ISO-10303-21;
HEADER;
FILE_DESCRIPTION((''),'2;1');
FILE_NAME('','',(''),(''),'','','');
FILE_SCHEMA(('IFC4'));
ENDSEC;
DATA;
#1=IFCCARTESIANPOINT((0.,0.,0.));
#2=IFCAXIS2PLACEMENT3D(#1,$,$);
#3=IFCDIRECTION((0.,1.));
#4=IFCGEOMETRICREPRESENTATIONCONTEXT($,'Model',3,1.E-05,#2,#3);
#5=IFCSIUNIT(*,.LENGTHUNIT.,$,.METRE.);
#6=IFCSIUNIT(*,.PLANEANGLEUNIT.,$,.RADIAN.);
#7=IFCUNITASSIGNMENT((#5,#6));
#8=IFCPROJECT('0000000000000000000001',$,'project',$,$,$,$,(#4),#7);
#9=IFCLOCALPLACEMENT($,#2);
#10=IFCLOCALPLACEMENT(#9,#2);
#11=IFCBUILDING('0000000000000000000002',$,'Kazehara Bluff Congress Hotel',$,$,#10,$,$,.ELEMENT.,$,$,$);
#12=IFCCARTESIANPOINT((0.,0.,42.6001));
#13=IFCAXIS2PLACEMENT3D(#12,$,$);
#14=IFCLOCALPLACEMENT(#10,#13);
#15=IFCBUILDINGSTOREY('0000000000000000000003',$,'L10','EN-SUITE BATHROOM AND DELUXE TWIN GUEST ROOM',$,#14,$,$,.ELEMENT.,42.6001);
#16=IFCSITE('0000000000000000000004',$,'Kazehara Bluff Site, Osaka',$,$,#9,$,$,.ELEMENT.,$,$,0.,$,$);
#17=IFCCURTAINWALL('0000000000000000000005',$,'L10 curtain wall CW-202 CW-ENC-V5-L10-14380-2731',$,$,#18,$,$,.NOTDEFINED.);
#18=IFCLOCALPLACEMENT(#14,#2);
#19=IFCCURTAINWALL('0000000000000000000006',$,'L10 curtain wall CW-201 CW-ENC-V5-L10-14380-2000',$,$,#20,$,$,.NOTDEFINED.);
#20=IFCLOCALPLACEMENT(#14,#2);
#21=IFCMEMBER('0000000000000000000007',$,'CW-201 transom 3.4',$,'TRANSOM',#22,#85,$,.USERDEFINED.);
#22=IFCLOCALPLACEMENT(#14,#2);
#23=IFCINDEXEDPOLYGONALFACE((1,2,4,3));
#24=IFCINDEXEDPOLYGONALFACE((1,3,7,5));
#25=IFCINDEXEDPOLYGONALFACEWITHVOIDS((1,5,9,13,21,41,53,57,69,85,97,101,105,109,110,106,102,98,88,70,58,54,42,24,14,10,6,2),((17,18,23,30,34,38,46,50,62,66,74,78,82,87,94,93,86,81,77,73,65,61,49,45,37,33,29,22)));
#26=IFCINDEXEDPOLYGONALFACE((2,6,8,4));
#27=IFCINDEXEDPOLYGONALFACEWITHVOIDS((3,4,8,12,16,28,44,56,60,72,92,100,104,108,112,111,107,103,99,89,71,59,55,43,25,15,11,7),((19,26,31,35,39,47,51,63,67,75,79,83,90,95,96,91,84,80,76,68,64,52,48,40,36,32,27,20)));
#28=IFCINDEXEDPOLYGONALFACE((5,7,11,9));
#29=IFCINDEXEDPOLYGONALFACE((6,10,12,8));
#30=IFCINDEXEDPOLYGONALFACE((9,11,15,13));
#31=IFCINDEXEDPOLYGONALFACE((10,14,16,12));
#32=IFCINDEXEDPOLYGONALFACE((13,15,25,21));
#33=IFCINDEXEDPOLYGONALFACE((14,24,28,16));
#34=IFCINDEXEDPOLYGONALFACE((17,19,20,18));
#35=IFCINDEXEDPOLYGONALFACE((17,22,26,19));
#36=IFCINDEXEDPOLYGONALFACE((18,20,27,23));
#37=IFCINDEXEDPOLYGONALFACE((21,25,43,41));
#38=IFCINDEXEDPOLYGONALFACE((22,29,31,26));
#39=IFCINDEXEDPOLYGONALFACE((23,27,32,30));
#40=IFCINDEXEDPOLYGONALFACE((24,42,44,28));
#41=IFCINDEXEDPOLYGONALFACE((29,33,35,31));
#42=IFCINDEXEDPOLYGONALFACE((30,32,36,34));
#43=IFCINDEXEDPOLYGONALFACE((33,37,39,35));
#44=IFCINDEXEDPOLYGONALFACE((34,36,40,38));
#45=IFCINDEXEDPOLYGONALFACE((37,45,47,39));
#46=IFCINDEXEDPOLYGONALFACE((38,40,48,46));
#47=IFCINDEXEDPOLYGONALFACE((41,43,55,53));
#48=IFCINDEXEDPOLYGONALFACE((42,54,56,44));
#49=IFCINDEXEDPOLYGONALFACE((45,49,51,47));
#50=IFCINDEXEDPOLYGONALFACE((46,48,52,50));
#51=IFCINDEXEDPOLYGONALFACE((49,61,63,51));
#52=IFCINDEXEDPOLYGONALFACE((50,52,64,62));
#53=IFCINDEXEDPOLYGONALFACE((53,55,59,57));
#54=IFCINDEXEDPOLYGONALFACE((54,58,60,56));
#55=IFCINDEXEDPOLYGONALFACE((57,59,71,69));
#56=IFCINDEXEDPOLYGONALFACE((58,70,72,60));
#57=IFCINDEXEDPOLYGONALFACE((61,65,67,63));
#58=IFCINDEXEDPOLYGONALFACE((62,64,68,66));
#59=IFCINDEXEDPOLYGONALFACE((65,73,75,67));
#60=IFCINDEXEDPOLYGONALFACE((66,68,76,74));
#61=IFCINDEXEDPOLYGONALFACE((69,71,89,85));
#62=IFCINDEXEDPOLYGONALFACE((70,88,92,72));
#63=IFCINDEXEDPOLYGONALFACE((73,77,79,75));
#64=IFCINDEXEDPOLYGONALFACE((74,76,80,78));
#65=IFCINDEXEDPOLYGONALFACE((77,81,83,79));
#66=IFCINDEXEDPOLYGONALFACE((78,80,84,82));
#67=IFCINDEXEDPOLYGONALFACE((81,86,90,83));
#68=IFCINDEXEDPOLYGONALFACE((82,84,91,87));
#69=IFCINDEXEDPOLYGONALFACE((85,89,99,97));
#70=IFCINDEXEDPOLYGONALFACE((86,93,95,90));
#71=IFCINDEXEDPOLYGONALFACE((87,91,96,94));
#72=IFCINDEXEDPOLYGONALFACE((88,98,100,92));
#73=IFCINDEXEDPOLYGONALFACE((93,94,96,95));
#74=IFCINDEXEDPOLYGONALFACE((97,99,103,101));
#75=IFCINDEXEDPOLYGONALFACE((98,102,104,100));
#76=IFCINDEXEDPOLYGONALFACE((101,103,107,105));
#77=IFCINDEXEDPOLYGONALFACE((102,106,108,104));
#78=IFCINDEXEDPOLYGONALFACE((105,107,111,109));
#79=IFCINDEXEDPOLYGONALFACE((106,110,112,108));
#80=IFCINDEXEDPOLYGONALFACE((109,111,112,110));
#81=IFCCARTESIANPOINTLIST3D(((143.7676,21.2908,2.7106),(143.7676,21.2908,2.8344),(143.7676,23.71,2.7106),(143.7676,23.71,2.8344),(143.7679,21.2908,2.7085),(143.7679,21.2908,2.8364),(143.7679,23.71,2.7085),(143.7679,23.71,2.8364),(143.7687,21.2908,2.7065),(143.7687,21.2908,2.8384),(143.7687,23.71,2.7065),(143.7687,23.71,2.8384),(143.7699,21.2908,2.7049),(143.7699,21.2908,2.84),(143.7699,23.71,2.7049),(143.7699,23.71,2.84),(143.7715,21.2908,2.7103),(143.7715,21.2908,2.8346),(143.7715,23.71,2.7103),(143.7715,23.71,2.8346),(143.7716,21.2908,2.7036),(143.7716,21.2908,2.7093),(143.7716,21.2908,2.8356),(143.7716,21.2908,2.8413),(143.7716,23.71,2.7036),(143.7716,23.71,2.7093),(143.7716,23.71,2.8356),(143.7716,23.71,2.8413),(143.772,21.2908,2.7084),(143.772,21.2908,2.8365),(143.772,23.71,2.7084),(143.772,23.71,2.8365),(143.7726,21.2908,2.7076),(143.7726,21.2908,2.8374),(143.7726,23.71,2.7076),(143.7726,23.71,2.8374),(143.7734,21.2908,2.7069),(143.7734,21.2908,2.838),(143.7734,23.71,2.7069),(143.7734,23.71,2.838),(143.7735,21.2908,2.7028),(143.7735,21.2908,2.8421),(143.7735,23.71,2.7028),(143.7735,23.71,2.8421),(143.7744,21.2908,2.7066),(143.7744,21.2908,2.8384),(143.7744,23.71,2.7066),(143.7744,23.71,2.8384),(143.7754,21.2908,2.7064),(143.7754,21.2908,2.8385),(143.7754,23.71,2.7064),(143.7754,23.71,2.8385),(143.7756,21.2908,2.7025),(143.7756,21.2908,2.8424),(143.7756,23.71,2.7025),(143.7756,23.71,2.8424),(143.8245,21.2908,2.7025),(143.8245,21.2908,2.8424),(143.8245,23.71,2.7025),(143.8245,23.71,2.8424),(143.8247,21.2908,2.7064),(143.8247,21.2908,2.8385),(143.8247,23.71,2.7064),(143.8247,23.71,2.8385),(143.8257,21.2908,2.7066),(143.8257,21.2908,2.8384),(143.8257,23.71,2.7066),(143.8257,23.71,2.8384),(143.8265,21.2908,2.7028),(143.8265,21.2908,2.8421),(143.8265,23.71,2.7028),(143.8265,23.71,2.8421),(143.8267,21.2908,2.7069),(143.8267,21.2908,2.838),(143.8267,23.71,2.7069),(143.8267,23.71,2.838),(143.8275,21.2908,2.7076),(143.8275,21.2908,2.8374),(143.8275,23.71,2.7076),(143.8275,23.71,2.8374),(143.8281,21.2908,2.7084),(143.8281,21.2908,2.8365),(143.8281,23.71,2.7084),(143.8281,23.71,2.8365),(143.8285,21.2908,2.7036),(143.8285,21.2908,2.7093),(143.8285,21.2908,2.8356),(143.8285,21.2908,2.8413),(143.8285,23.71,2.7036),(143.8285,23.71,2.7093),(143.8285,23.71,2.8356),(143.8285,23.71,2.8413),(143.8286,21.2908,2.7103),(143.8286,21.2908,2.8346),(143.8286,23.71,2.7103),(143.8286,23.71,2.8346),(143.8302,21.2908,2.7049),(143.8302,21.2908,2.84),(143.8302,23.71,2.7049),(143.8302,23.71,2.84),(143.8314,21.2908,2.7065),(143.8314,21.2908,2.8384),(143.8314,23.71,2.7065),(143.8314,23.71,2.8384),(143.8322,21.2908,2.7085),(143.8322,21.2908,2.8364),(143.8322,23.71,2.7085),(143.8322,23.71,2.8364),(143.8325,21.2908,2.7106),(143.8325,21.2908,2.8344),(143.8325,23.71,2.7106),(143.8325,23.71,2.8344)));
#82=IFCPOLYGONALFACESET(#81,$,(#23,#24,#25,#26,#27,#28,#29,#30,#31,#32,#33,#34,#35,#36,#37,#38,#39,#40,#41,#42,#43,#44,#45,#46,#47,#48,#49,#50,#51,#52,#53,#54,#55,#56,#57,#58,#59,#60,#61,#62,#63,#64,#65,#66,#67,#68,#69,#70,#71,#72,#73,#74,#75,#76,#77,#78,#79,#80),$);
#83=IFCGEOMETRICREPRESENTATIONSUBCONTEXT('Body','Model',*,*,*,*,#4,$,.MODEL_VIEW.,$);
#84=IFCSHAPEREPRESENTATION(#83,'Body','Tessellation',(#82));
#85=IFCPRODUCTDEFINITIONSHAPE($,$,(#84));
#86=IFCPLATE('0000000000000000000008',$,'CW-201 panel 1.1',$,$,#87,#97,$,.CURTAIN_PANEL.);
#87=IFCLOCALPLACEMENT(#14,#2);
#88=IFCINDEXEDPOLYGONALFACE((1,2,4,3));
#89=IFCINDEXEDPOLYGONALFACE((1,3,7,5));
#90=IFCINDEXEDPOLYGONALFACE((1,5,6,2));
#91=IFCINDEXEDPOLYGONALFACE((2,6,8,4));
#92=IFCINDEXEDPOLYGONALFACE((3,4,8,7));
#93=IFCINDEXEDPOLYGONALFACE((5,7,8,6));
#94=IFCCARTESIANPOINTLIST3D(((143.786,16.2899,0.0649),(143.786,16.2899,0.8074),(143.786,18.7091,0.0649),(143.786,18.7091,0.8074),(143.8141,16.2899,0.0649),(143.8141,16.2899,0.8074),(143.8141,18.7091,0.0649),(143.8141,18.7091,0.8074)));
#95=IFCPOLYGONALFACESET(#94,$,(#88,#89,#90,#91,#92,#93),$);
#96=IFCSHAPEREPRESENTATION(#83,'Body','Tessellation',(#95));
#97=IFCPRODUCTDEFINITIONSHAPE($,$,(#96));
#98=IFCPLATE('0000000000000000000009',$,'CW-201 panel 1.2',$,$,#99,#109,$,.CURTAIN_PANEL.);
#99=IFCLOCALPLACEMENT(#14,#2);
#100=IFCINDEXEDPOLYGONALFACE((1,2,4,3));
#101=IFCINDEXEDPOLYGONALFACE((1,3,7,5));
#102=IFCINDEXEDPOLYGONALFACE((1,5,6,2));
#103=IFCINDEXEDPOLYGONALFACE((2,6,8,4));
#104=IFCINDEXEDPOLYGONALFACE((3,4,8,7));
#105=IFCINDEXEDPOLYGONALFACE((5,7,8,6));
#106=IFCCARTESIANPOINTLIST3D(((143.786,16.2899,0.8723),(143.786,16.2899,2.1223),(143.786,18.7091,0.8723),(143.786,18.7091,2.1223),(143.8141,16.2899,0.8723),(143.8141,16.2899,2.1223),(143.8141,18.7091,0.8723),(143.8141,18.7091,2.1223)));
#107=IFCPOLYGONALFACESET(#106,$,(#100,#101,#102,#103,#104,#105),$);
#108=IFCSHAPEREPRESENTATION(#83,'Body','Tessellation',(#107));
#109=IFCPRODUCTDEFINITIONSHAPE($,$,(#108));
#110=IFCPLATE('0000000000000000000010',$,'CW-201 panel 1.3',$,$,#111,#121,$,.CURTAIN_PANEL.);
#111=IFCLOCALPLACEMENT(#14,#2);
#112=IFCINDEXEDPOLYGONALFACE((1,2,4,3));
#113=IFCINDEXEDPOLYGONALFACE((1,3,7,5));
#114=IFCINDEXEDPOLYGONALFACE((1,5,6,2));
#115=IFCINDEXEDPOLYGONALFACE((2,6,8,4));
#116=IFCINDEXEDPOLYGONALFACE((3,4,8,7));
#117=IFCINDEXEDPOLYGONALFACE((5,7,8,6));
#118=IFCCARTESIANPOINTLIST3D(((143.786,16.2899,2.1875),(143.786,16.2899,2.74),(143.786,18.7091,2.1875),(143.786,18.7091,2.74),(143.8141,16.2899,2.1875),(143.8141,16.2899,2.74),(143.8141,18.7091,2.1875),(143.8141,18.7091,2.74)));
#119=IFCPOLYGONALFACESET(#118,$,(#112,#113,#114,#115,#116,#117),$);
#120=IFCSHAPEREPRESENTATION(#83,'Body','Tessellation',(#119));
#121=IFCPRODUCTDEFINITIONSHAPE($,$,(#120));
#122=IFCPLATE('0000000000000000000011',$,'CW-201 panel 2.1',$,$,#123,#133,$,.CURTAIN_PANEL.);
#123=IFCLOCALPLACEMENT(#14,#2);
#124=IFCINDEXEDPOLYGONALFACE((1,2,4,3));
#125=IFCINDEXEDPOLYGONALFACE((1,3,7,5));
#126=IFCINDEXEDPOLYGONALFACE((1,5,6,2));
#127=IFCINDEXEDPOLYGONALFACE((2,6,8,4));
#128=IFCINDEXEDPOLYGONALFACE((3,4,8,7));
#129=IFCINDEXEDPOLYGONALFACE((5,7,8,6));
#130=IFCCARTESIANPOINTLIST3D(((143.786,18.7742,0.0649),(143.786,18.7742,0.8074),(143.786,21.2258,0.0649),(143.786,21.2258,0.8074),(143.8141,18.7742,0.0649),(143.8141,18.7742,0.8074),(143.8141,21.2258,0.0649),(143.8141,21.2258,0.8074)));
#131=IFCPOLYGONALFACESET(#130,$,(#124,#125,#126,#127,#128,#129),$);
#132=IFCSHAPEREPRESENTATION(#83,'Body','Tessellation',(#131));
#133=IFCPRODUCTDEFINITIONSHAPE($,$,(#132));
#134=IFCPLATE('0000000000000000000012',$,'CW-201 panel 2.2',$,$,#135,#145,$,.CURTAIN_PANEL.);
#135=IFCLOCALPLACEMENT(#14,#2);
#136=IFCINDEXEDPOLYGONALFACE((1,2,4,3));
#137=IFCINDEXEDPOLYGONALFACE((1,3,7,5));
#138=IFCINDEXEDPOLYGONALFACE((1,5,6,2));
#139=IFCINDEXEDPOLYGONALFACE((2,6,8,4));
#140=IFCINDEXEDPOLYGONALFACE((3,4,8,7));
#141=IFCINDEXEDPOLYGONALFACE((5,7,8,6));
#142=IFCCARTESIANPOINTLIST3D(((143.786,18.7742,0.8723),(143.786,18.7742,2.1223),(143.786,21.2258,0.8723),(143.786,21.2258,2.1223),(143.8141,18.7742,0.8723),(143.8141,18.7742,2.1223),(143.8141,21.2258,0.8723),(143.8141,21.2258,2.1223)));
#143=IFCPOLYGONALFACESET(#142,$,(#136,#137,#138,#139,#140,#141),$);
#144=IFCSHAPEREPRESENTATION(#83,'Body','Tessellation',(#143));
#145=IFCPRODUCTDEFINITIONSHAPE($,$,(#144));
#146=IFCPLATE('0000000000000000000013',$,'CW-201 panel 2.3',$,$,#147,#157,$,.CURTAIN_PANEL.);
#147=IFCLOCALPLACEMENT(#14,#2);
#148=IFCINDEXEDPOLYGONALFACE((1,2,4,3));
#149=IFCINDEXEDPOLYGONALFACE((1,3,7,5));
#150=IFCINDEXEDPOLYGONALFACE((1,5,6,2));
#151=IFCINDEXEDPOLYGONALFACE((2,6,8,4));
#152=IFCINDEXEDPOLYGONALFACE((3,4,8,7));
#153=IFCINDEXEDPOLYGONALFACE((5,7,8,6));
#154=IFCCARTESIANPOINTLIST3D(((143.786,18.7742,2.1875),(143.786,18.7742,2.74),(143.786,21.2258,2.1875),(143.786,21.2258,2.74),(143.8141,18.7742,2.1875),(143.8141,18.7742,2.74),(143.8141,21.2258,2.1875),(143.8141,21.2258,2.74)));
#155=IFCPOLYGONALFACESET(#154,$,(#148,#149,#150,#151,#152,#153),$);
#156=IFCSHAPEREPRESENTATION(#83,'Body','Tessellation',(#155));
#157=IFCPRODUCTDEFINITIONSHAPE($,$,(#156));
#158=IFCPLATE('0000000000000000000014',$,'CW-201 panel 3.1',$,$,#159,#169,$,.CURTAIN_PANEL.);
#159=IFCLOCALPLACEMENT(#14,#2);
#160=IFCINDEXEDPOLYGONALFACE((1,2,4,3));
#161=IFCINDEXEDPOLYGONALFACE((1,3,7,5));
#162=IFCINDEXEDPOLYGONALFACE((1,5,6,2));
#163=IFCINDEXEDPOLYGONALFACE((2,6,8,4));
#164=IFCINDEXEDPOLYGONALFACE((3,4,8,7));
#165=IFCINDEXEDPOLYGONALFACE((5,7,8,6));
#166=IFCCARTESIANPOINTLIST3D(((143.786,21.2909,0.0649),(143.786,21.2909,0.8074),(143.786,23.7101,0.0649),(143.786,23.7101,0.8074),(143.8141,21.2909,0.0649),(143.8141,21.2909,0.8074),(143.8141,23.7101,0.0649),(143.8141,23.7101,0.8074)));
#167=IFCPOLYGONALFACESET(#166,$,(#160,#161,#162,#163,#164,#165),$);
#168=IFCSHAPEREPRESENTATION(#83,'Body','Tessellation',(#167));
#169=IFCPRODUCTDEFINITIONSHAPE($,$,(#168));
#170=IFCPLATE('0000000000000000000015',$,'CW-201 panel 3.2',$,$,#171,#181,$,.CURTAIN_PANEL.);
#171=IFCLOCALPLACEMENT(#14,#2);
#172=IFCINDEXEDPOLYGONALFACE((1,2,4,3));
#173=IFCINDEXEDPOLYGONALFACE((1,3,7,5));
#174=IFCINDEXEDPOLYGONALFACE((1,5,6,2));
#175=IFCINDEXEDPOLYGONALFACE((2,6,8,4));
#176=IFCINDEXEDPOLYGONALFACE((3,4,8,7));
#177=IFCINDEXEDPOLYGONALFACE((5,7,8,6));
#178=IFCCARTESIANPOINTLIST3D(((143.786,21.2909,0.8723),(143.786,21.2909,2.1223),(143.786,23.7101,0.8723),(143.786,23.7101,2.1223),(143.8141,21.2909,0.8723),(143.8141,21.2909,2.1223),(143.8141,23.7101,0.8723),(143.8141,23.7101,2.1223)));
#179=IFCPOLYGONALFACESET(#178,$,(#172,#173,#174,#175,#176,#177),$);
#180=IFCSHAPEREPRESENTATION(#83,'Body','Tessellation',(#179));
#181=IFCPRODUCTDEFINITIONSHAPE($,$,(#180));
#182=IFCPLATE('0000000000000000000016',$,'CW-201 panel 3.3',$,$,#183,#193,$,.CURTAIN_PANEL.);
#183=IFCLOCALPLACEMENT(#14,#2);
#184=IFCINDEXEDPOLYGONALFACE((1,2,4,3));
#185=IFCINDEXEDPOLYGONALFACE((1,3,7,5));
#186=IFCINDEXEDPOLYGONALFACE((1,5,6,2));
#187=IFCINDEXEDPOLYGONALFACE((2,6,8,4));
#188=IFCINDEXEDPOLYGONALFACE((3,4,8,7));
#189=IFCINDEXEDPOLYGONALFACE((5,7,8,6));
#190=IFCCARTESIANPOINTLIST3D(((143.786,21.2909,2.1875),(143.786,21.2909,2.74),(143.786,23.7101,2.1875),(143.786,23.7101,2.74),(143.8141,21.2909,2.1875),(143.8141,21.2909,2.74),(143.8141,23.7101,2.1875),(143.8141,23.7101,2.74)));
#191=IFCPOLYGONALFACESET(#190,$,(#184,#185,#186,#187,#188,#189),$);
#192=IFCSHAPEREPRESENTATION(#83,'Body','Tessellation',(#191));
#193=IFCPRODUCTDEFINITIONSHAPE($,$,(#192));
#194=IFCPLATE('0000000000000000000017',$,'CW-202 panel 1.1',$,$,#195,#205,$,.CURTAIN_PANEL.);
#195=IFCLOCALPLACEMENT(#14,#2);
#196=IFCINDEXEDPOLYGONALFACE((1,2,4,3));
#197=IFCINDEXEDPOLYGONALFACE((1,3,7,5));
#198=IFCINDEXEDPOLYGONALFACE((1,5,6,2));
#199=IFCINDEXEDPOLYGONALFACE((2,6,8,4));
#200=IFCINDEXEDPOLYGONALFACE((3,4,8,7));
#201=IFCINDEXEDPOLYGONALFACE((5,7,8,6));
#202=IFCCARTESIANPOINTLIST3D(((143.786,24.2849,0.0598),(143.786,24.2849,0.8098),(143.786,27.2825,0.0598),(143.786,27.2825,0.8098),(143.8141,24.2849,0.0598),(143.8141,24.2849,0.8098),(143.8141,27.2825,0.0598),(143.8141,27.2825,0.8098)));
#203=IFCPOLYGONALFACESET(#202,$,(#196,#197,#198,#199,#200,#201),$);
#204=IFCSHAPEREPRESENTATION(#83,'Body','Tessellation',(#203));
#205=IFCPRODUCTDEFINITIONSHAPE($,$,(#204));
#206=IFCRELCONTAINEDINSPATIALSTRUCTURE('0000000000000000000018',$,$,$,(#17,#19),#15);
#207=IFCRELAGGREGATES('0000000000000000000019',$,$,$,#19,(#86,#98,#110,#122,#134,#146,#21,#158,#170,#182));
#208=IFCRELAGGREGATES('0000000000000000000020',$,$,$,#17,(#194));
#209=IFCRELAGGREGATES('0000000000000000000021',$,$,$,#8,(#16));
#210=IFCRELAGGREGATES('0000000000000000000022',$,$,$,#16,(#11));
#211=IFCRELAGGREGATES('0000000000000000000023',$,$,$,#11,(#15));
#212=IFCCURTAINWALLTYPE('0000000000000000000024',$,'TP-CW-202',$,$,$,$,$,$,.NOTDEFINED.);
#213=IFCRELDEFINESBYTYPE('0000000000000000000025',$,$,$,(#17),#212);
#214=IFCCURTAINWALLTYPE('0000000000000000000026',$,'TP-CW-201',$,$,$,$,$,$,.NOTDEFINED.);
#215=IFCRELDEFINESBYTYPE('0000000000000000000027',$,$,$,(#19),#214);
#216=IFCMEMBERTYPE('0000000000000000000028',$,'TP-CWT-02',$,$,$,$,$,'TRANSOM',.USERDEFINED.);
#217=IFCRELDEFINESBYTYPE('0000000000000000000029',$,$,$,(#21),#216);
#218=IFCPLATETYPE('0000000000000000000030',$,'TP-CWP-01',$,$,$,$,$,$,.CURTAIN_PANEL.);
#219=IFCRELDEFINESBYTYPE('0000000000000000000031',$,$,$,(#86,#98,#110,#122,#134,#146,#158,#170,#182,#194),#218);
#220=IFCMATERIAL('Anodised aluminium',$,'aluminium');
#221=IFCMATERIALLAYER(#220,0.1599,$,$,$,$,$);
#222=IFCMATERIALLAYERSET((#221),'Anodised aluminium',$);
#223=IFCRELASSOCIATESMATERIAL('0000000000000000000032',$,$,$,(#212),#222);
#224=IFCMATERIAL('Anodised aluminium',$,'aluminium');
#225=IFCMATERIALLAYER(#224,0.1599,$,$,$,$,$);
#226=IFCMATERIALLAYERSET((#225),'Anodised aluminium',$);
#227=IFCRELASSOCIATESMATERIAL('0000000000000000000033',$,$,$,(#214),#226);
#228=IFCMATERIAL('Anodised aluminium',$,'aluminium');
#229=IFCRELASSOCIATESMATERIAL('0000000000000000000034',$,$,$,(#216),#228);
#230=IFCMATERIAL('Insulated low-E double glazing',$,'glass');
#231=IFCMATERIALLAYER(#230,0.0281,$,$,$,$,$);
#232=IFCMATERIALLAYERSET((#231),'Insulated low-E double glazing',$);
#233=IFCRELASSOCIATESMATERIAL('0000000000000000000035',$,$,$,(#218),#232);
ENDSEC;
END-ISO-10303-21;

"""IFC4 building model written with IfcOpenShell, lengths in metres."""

from ifc_helpers import new_model, si_unit, direction, frame, origin, origin_2d, place, context, subcontext, project, spatial, rectangle, hollow_rectangle, extrude, material, layer, layer_set, material_profile, profile_set, type_object, element, aggregate, save


model = new_model("IFC4")

# Units and contexts
model_context = context("Model", 3, precision=1e-05, world=origin(), true_north=direction((0.0, 1.0)))
body_context = subcontext(model_context, "Body", "Model", "MODEL_VIEW")
ifc_project = project(units=[si_unit("LENGTHUNIT", "METRE"), si_unit("PLANEANGLEUNIT", "RADIAN")], contexts=[model_context])

# Site, building, storey
site_placement = place(None, origin())
site = spatial("IfcSite", under=ifc_project, at=site_placement, Name="Kazehara Bluff Site, Osaka", CompositionType="ELEMENT", RefElevation=0.0)
building_placement = place(site_placement, origin())
building = spatial("IfcBuilding", under=site, at=building_placement, Name="Kazehara Bluff Congress Hotel", CompositionType="ELEMENT")
storey_placement = place(building_placement, frame((0.0, 0.0, 42.6001)))
storey = spatial("IfcBuildingStorey", under=building, at=storey_placement, Name="L10", Description="EN-SUITE BATHROOM AND DELUXE TWIN GUEST ROOM", CompositionType="ELEMENT", Elevation=42.6001)

# Curtain walls
ifc_material_1 = material(Name="Anodised aluminium", Category="aluminium")
ifc_layer_1 = layer(ifc_material_1, 0.1599)
ifc_layer_set_1 = layer_set([ifc_layer_1], Name="Anodised aluminium")
curtain_wall_type_1 = type_object("IfcCurtainWallType", Name="TP-CW-202", PredefinedType="NOTDEFINED", material=ifc_layer_set_1)
curtain_wall_1_placement = place(storey_placement, origin())
curtain_wall_1 = element("IfcCurtainWall", 1, at=curtain_wall_1_placement, inside=storey, type_object=curtain_wall_type_1, Name="L10 curtain wall CW-202 CW-ENC-V5-L10-14380-2731", PredefinedType="NOTDEFINED")
ifc_material_2 = material(Name="Anodised aluminium", Category="aluminium")
ifc_layer_2 = layer(ifc_material_2, 0.1599)
ifc_layer_set_2 = layer_set([ifc_layer_2], Name="Anodised aluminium")
curtain_wall_type_2 = type_object("IfcCurtainWallType", Name="TP-CW-201", PredefinedType="NOTDEFINED", material=ifc_layer_set_2)
curtain_wall_2_placement = place(storey_placement, origin())
curtain_wall_2 = element("IfcCurtainWall", 2, at=curtain_wall_2_placement, inside=storey, type_object=curtain_wall_type_2, Name="L10 curtain wall CW-201 CW-ENC-V5-L10-14380-2000", PredefinedType="NOTDEFINED")

# Member
ifc_material_3 = material(Name="Anodised aluminium", Category="aluminium")
ifc_material_profile_1 = material_profile(ifc_material_3, hollow_rectangle(XDim=0.0649, YDim=0.1399, WallThickness=0.0039, InnerFilletRadius=0.0039, OuterFilletRadius=0.0081, at=origin_2d()))
ifc_profile_set_1 = profile_set([ifc_material_profile_1], Name="Anodised aluminium")
member_type_1 = type_object("IfcMemberType", Name="TP-CWT-02", ElementType="TRANSOM", PredefinedType="USERDEFINED", material=ifc_profile_set_1)
member_1_placement = place(storey_placement, frame((143.8, 21.2908, 2.7725), z_axis=(0.0, 1.0, 0.0), x_axis=(-1.0, 0.0, 0.0)))
member_1 = element("IfcMember", 3, at=member_1_placement, type_object=member_type_1, Name="CW-201 transom 3.4", ObjectType="TRANSOM", PredefinedType="USERDEFINED", context=body_context, shape_type="SweptSolid", body=[
    extrude(hollow_rectangle(XDim=0.0649, YDim=0.1399, WallThickness=0.0039, InnerFilletRadius=0.0039, OuterFilletRadius=0.0081, at=origin_2d()), origin(), (0.0, 0.0, 1.0), 2.4192),
])

# Plates
ifc_material_4 = material(Name="Insulated low-E double glazing", Category="glass")
ifc_layer_3 = layer(ifc_material_4, 0.0281)
ifc_layer_set_3 = layer_set([ifc_layer_3], Name="Insulated low-E double glazing")
plate_type = type_object("IfcPlateType", Name="TP-CWP-01", PredefinedType="CURTAIN_PANEL", material=ifc_layer_set_3)
plate_1_placement = place(storey_placement, frame((143.8, 17.4995, 0.0649), z_axis=(0.0, 0.0, 1.0), x_axis=(0.0, 1.0, 0.0)))
plate_1 = element("IfcPlate", 4, at=plate_1_placement, type_object=plate_type, Name="CW-201 panel 1.1", PredefinedType="CURTAIN_PANEL", context=body_context, shape_type="SweptSolid", body=[
    extrude(rectangle(XDim=2.4192, YDim=0.0281, at=origin_2d()), origin(), (0.0, 0.0, 1.0), 0.7424),
])
plate_2_placement = place(storey_placement, frame((143.8, 17.4995, 0.8723), z_axis=(0.0, 0.0, 1.0), x_axis=(0.0, 1.0, 0.0)))
plate_2 = element("IfcPlate", 5, at=plate_2_placement, type_object=plate_type, Name="CW-201 panel 1.2", PredefinedType="CURTAIN_PANEL", context=body_context, shape_type="SweptSolid", body=[
    extrude(rectangle(XDim=2.4192, YDim=0.0281, at=origin_2d()), origin(), (0.0, 0.0, 1.0), 1.25),
])
plate_3_placement = place(storey_placement, frame((143.8, 17.4995, 2.1875), z_axis=(0.0, 0.0, 1.0), x_axis=(0.0, 1.0, 0.0)))
plate_3 = element("IfcPlate", 6, at=plate_3_placement, type_object=plate_type, Name="CW-201 panel 1.3", PredefinedType="CURTAIN_PANEL", context=body_context, shape_type="SweptSolid", body=[
    extrude(rectangle(XDim=2.4192, YDim=0.0281, at=origin_2d()), origin(), (0.0, 0.0, 1.0), 0.5525),
])
plate_4_placement = place(storey_placement, frame((143.8, 20.0, 0.0649), z_axis=(0.0, 0.0, 1.0), x_axis=(0.0, 1.0, 0.0)))
plate_4 = element("IfcPlate", 7, at=plate_4_placement, type_object=plate_type, Name="CW-201 panel 2.1", PredefinedType="CURTAIN_PANEL", context=body_context, shape_type="SweptSolid", body=[
    extrude(rectangle(XDim=2.4517, YDim=0.0281, at=origin_2d()), origin(), (0.0, 0.0, 1.0), 0.7424),
])
plate_5_placement = place(storey_placement, frame((143.8, 20.0, 0.8723), z_axis=(0.0, 0.0, 1.0), x_axis=(0.0, 1.0, 0.0)))
plate_5 = element("IfcPlate", 8, at=plate_5_placement, type_object=plate_type, Name="CW-201 panel 2.2", PredefinedType="CURTAIN_PANEL", context=body_context, shape_type="SweptSolid", body=[
    extrude(rectangle(XDim=2.4517, YDim=0.0281, at=origin_2d()), origin(), (0.0, 0.0, 1.0), 1.25),
])
plate_6_placement = place(storey_placement, frame((143.8, 20.0, 2.1875), z_axis=(0.0, 0.0, 1.0), x_axis=(0.0, 1.0, 0.0)))
plate_6 = element("IfcPlate", 9, at=plate_6_placement, type_object=plate_type, Name="CW-201 panel 2.3", PredefinedType="CURTAIN_PANEL", context=body_context, shape_type="SweptSolid", body=[
    extrude(rectangle(XDim=2.4517, YDim=0.0281, at=origin_2d()), origin(), (0.0, 0.0, 1.0), 0.5525),
])
plate_7_placement = place(storey_placement, frame((143.8, 22.5005, 0.0649), z_axis=(0.0, 0.0, 1.0), x_axis=(0.0, 1.0, 0.0)))
plate_7 = element("IfcPlate", 10, at=plate_7_placement, type_object=plate_type, Name="CW-201 panel 3.1", PredefinedType="CURTAIN_PANEL", context=body_context, shape_type="SweptSolid", body=[
    extrude(rectangle(XDim=2.4192, YDim=0.0281, at=origin_2d()), origin(), (0.0, 0.0, 1.0), 0.7424),
])
plate_8_placement = place(storey_placement, frame((143.8, 22.5005, 0.8723), z_axis=(0.0, 0.0, 1.0), x_axis=(0.0, 1.0, 0.0)))
plate_8 = element("IfcPlate", 11, at=plate_8_placement, type_object=plate_type, Name="CW-201 panel 3.2", PredefinedType="CURTAIN_PANEL", context=body_context, shape_type="SweptSolid", body=[
    extrude(rectangle(XDim=2.4192, YDim=0.0281, at=origin_2d()), origin(), (0.0, 0.0, 1.0), 1.25),
])
plate_9_placement = place(storey_placement, frame((143.8, 22.5005, 2.1875), z_axis=(0.0, 0.0, 1.0), x_axis=(0.0, 1.0, 0.0)))
plate_9 = element("IfcPlate", 12, at=plate_9_placement, type_object=plate_type, Name="CW-201 panel 3.3", PredefinedType="CURTAIN_PANEL", context=body_context, shape_type="SweptSolid", body=[
    extrude(rectangle(XDim=2.4192, YDim=0.0281, at=origin_2d()), origin(), (0.0, 0.0, 1.0), 0.5525),
])
aggregate(curtain_wall_2, [plate_1, plate_2, plate_3, plate_4, plate_5, plate_6, member_1, plate_7, plate_8, plate_9])
plate_10_placement = place(storey_placement, frame((143.8, 25.7837, 0.0598), z_axis=(0.0, 0.0, 1.0), x_axis=(0.0, 1.0, 0.0)))
plate_10 = element("IfcPlate", 13, at=plate_10_placement, type_object=plate_type, Name="CW-202 panel 1.1", PredefinedType="CURTAIN_PANEL", context=body_context, shape_type="SweptSolid", body=[
    extrude(rectangle(XDim=2.9976, YDim=0.0281, at=origin_2d()), origin(), (0.0, 0.0, 1.0), 0.75),
])
aggregate(curtain_wall_1, [plate_10])

save(model, "model.ifc")
